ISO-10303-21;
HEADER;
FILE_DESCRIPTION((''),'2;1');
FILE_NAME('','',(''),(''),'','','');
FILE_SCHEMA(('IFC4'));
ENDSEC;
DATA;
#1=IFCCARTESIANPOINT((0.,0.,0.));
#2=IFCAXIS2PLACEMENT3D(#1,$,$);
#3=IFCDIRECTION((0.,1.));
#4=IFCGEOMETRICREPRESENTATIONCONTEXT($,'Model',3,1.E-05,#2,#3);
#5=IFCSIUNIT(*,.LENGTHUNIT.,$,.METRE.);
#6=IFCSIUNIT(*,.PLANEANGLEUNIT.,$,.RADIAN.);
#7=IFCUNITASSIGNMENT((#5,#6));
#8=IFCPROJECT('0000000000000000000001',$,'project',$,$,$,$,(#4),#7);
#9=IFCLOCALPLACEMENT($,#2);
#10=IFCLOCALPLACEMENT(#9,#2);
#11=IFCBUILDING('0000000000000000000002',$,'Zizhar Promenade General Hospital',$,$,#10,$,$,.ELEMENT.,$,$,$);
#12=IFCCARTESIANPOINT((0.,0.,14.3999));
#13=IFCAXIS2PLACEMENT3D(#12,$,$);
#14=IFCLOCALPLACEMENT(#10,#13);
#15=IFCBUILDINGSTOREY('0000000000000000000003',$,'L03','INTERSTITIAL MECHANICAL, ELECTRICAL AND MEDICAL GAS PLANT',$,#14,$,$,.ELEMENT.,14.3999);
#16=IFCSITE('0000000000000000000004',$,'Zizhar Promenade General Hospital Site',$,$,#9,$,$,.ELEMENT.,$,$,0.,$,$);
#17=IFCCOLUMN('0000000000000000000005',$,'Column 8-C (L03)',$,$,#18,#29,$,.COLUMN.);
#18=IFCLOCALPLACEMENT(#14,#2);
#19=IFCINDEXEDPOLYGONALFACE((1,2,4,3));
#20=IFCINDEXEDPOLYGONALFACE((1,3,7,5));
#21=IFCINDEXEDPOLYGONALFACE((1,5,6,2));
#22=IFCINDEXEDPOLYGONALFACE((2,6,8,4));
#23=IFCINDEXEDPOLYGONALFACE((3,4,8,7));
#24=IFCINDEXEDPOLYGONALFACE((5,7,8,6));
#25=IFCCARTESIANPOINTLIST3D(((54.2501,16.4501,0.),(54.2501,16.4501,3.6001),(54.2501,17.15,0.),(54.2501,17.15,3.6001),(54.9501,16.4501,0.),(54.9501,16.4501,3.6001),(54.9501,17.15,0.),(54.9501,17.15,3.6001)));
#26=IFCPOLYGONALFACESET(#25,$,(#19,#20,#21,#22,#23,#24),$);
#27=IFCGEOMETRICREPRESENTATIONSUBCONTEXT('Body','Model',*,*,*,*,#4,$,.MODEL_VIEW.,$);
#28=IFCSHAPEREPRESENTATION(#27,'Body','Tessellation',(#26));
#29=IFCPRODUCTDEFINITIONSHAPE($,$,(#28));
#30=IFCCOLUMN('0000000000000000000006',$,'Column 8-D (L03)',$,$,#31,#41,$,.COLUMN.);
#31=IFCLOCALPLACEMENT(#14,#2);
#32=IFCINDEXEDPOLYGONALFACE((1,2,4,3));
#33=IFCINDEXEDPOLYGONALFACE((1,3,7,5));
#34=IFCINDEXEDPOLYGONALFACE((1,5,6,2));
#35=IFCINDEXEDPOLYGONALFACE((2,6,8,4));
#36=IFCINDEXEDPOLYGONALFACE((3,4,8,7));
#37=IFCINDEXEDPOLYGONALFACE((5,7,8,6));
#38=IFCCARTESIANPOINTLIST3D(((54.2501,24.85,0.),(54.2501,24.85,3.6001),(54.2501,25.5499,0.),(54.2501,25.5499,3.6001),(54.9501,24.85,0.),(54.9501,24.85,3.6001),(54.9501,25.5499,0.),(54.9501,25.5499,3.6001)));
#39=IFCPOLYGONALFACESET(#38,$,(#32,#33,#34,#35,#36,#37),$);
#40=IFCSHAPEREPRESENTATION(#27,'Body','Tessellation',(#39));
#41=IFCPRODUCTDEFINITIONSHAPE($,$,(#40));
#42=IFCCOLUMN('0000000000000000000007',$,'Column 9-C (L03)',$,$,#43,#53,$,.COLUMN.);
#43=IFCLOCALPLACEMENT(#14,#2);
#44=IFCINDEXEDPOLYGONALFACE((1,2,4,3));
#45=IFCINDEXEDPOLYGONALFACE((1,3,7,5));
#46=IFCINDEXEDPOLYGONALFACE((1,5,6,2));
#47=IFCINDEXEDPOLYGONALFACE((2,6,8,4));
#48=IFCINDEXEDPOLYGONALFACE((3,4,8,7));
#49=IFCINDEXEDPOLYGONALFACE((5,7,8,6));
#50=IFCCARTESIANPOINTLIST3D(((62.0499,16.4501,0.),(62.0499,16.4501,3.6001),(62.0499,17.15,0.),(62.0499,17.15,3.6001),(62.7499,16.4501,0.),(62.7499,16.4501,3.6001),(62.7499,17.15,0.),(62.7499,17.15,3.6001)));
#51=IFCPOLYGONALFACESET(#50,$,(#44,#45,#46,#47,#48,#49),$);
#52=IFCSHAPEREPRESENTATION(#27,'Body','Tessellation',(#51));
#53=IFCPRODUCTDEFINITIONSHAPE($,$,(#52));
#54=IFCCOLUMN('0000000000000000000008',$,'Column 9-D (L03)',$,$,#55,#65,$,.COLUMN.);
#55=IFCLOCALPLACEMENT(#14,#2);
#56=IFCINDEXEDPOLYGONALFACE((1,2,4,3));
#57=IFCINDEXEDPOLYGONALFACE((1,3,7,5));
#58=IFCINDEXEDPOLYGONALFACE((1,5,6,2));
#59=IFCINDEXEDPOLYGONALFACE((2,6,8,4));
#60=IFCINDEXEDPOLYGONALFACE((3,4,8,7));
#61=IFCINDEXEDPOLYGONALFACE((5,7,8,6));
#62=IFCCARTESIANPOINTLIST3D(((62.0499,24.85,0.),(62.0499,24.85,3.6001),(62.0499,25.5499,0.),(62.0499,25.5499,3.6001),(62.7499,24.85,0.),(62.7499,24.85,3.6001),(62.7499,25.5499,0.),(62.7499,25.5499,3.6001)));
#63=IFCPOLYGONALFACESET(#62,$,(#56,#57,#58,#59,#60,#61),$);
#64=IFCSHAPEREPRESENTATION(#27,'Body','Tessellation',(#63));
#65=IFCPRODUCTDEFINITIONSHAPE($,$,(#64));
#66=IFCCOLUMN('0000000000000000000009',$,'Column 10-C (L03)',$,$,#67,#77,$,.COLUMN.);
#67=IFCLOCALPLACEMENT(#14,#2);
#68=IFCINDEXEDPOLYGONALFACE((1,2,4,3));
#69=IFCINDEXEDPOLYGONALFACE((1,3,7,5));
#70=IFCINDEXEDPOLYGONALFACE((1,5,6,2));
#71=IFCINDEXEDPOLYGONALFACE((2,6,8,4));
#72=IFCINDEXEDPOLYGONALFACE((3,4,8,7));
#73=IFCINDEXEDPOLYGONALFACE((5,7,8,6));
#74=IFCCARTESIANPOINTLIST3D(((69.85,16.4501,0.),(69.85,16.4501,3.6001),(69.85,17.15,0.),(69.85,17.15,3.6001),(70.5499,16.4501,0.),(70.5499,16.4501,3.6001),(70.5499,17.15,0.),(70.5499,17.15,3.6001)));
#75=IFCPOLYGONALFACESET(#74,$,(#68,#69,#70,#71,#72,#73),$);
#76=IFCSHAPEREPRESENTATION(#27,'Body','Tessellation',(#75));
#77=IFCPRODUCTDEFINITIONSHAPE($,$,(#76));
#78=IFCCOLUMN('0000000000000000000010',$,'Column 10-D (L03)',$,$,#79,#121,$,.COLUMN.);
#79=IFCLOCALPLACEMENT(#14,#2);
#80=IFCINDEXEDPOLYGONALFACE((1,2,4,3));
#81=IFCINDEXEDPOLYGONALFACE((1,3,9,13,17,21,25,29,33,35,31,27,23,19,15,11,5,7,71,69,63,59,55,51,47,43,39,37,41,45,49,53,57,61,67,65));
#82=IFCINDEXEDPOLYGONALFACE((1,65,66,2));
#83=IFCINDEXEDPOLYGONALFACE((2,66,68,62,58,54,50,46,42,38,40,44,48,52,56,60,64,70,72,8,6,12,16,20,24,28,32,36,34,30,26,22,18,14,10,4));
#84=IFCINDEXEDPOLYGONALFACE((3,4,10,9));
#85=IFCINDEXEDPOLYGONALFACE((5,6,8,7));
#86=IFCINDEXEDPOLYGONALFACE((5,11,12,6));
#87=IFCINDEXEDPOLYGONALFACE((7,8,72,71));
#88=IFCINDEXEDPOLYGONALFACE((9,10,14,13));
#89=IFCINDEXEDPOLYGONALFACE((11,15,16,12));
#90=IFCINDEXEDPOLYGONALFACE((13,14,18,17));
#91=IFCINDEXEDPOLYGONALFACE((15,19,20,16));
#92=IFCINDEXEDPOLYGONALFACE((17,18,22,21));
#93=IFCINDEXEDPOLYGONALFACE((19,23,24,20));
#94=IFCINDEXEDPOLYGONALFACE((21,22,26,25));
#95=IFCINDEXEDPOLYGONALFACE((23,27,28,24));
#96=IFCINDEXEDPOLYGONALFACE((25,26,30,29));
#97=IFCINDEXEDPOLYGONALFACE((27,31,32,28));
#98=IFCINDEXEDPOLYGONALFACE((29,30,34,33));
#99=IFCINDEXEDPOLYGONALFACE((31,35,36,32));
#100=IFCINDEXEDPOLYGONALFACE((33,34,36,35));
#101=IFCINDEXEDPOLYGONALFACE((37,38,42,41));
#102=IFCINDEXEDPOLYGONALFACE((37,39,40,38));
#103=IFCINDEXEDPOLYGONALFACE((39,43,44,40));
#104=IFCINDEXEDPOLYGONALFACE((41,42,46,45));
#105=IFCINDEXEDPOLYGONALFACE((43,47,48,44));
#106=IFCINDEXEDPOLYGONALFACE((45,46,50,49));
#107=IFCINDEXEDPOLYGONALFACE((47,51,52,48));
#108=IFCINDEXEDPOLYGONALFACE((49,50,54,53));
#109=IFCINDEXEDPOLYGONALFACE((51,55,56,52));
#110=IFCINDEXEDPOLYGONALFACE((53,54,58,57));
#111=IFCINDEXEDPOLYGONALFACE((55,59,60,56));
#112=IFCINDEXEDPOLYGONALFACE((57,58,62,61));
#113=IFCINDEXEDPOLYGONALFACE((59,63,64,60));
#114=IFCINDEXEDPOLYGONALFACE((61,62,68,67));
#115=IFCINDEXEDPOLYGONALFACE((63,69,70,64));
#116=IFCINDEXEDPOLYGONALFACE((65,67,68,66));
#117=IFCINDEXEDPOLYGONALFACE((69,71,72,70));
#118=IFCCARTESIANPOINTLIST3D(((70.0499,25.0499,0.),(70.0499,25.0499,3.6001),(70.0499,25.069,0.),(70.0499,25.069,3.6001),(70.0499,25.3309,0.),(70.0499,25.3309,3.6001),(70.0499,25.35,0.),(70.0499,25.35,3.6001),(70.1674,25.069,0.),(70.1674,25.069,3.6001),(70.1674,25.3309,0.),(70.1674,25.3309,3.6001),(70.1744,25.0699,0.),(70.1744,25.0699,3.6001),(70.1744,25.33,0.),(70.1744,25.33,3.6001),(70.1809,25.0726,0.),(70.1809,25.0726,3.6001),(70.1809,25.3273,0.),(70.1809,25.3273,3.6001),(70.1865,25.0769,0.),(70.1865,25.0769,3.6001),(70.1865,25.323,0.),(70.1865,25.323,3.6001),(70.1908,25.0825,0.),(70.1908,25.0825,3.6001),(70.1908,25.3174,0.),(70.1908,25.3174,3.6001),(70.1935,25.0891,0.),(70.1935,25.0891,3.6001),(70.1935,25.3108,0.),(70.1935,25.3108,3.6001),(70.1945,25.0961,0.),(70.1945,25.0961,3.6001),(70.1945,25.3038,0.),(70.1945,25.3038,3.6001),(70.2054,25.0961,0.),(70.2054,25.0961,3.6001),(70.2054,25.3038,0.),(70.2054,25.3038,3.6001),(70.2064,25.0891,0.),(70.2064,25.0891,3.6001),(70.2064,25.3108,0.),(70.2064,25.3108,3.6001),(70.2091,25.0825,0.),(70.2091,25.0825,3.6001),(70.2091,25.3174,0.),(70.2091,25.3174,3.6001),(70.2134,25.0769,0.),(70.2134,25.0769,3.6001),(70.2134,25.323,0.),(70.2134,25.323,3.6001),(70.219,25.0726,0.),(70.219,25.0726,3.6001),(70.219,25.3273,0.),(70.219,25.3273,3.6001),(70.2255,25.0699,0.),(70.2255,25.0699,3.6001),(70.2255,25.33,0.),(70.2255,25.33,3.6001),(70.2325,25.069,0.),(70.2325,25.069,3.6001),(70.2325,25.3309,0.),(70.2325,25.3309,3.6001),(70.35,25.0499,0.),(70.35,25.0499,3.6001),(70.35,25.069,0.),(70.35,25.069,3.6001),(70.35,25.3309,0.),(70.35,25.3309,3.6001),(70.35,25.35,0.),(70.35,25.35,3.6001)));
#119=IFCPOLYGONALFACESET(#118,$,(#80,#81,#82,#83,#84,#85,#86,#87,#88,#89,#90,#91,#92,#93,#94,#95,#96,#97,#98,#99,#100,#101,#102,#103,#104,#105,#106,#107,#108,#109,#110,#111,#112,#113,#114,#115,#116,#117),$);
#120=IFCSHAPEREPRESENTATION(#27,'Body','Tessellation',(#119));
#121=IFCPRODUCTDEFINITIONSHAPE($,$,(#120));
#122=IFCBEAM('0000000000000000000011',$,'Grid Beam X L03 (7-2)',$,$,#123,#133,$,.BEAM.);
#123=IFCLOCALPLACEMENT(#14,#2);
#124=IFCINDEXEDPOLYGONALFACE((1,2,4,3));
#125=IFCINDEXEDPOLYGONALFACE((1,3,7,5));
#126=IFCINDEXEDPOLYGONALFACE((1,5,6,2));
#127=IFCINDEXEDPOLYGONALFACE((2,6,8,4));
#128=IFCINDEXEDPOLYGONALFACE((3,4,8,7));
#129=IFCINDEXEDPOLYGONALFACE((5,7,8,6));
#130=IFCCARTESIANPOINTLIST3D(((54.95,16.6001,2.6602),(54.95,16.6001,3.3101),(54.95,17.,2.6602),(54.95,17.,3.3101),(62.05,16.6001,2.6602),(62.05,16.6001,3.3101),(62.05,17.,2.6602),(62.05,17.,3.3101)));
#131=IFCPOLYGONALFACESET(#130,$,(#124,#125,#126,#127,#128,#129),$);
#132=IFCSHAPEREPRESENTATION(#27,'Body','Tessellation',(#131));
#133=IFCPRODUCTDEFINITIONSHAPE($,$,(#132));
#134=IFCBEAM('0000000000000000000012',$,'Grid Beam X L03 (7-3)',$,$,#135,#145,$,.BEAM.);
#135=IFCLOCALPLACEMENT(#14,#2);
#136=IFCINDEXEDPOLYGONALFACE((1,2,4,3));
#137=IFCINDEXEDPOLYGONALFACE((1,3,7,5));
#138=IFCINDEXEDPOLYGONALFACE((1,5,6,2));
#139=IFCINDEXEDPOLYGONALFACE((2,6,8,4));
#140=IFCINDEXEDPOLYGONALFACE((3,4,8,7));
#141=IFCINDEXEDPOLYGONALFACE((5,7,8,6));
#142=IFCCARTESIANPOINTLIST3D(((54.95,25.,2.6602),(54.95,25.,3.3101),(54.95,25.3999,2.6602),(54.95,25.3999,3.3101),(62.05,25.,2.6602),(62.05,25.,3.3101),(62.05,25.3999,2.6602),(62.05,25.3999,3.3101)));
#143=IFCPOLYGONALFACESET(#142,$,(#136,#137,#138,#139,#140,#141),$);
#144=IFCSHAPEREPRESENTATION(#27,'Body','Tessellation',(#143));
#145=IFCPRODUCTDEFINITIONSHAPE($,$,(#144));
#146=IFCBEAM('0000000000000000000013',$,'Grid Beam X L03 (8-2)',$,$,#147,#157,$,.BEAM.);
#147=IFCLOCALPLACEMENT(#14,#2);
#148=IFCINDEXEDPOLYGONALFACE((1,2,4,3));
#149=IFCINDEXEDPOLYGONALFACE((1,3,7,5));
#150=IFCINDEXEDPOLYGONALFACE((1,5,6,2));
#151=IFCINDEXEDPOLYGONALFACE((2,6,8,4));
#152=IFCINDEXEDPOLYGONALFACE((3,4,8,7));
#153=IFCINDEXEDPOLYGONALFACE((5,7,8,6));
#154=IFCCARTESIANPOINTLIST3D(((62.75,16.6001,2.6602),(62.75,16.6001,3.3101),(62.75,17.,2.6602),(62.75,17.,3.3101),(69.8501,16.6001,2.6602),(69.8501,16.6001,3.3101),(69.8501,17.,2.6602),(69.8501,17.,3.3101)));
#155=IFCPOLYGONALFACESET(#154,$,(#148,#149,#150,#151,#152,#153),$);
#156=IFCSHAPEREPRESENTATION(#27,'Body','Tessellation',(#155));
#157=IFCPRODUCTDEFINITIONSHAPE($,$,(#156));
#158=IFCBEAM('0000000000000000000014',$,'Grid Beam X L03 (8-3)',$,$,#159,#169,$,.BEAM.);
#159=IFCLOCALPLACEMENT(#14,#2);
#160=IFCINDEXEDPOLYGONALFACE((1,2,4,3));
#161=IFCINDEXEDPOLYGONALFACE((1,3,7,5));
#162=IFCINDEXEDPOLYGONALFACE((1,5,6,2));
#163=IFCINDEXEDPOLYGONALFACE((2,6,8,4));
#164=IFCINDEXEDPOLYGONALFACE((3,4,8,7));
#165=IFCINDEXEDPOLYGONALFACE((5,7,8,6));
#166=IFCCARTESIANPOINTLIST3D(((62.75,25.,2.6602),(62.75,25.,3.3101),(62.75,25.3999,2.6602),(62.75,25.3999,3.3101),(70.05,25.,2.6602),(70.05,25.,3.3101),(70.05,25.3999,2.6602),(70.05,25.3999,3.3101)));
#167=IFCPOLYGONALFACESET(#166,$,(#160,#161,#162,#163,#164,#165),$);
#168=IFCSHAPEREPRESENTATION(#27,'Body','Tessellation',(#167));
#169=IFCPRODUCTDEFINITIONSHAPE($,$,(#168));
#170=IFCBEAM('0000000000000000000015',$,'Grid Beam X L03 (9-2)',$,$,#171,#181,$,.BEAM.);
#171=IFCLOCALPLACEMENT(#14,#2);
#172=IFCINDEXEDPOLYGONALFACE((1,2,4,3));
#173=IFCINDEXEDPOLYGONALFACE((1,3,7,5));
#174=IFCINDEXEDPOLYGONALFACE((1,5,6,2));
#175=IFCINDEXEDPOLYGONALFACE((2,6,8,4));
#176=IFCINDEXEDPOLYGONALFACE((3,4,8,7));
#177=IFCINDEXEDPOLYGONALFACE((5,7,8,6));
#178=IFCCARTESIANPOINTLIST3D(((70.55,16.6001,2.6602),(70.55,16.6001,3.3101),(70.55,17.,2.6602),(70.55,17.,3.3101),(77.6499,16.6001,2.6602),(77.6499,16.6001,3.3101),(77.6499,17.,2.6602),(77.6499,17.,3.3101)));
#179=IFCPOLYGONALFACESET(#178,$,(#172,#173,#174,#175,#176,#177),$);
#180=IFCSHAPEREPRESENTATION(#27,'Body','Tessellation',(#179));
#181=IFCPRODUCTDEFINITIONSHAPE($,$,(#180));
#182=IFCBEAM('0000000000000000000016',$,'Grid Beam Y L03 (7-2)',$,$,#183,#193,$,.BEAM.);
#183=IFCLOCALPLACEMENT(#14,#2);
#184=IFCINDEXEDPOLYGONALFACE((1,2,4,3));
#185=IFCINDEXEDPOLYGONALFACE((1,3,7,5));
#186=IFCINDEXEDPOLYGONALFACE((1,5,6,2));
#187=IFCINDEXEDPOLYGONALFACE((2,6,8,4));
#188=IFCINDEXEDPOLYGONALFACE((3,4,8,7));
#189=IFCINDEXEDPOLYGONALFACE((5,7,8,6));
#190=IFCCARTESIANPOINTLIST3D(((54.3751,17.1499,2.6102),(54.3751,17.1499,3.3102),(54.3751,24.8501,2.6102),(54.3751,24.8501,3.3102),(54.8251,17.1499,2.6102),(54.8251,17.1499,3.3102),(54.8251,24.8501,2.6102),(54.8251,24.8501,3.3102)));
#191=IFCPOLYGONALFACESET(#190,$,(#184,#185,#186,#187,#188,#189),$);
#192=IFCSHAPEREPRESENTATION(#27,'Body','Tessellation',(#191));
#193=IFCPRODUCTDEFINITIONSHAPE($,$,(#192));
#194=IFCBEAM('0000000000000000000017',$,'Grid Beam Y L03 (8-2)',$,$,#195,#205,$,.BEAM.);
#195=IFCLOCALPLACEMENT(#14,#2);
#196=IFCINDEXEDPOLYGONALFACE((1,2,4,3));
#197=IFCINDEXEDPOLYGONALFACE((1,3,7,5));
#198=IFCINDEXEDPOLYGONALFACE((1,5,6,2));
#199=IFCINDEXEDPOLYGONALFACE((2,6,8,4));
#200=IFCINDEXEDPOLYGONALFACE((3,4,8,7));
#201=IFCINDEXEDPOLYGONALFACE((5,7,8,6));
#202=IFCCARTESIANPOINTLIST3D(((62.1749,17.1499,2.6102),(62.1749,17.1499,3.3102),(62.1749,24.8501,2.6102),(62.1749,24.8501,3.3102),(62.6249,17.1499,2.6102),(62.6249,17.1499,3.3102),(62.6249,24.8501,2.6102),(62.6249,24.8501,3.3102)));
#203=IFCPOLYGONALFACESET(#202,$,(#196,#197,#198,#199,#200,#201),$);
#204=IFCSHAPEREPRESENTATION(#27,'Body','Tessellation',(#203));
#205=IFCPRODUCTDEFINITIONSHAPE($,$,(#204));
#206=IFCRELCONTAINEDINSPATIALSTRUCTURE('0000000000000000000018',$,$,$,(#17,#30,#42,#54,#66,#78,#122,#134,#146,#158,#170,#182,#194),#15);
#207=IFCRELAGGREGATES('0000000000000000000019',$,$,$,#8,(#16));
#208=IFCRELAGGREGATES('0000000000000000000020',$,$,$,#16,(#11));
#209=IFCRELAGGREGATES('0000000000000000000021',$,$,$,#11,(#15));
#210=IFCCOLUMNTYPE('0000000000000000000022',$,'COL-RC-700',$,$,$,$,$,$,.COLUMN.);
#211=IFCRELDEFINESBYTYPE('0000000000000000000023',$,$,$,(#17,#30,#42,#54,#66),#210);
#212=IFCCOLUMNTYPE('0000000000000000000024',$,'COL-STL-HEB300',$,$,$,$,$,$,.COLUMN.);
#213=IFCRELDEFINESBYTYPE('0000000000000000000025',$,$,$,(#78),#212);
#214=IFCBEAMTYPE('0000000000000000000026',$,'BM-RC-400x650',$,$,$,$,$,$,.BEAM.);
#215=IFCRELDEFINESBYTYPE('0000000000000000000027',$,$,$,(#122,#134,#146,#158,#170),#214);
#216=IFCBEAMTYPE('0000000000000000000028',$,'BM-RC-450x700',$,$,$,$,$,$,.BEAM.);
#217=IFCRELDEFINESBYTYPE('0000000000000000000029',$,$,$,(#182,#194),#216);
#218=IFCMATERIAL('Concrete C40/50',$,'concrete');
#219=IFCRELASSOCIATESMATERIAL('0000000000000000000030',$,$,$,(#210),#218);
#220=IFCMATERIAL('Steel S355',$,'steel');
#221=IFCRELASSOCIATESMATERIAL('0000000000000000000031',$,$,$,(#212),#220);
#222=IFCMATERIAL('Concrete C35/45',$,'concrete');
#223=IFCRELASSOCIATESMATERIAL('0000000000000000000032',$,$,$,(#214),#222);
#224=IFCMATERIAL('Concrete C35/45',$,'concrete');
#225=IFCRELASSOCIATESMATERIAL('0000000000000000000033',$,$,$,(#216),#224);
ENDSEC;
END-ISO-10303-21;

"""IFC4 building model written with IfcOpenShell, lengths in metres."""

from ifc_helpers import new_model, si_unit, direction, frame, origin, origin_2d, place, context, subcontext, project, spatial, rectangle, i_section, extrude, material, material_profile, profile_set, type_object, element, save


model = new_model("IFC4")

# Units and contexts
model_context = context("Model", 3, precision=1e-05, world=origin(), true_north=direction((0.0, 1.0)))
body_context = subcontext(model_context, "Body", "Model", "MODEL_VIEW")
ifc_project = project(units=[si_unit("LENGTHUNIT", "METRE"), si_unit("PLANEANGLEUNIT", "RADIAN")], contexts=[model_context])

# Site, building, storey
site_placement = place(None, origin())
site = spatial("IfcSite", under=ifc_project, at=site_placement, Name="Zizhar Promenade General Hospital Site", CompositionType="ELEMENT", RefElevation=0.0)
building_placement = place(site_placement, origin())
building = spatial("IfcBuilding", under=site, at=building_placement, Name="Zizhar Promenade General Hospital", CompositionType="ELEMENT")
storey_placement = place(building_placement, frame((0.0, 0.0, 14.3999)))
storey = spatial("IfcBuildingStorey", under=building, at=storey_placement, Name="L03", Description="INTERSTITIAL MECHANICAL, ELECTRICAL AND MEDICAL GAS PLANT", CompositionType="ELEMENT", Elevation=14.3999)

# Columns
ifc_material_1 = material(Name="Concrete C40/50", Category="concrete")
ifc_material_profile_1 = material_profile(ifc_material_1, rectangle(XDim=0.7, YDim=0.7, at=origin_2d()))
ifc_profile_set_1 = profile_set([ifc_material_profile_1], Name="Concrete C40/50")
column_type_1 = type_object("IfcColumnType", Name="COL-RC-700", PredefinedType="COLUMN", material=ifc_profile_set_1)
for number, where, z_axis, x_axis, name in (
    (1, (54.6001, 16.8, 0.0), (0.0, 0.0, 1.0), (1.0, 0.0, 0.0), "Column 8-C (L03)"),
    (2, (54.6001, 25.2, 0.0), (0.0, 0.0, 1.0), (1.0, 0.0, 0.0), "Column 8-D (L03)"),
    (3, (62.3999, 16.8, 0.0), (0.0, 0.0, 1.0), (1.0, 0.0, 0.0), "Column 9-C (L03)"),
    (4, (62.3999, 25.2, 0.0), (0.0, 0.0, 1.0), (1.0, 0.0, 0.0), "Column 9-D (L03)"),
    (5, (70.2, 16.8, 0.0), (0.0, 0.0, 1.0), (1.0, 0.0, 0.0), "Column 10-C (L03)"),
):
    element("IfcColumn", number, at=place(storey_placement, frame(where, z_axis=z_axis, x_axis=x_axis)), inside=storey, type_object=column_type_1, Name=name, PredefinedType="COLUMN", context=body_context, shape_type="SweptSolid", body=[
        extrude(rectangle(XDim=0.7, YDim=0.7, at=origin_2d()), origin(), (0.0, 0.0, 1.0), 3.6001),
    ])
ifc_material_2 = material(Name="Steel S355", Category="steel")
ifc_material_profile_2 = material_profile(ifc_material_2, i_section(OverallWidth=0.3, OverallDepth=0.3, WebThickness=0.011, FlangeThickness=0.019, FilletRadius=0.0271, at=origin_2d()))
ifc_profile_set_2 = profile_set([ifc_material_profile_2], Name="Steel S355")
column_type_2 = type_object("IfcColumnType", Name="COL-STL-HEB300", PredefinedType="COLUMN", material=ifc_profile_set_2)
column_placement = place(storey_placement, frame((70.2, 25.2, 0.0), z_axis=(0.0, 0.0, 1.0), x_axis=(1.0, 0.0, 0.0)))
element("IfcColumn", 6, at=column_placement, inside=storey, type_object=column_type_2, Name="Column 10-D (L03)", PredefinedType="COLUMN", context=body_context, shape_type="SweptSolid", body=[
    extrude(i_section(OverallWidth=0.3, OverallDepth=0.3, WebThickness=0.011, FlangeThickness=0.019, FilletRadius=0.0271, at=origin_2d()), origin(), (0.0, 0.0, 1.0), 3.6001),
])

# Beams
ifc_material_3 = material(Name="Concrete C35/45", Category="concrete")
ifc_material_profile_3 = material_profile(ifc_material_3, rectangle(XDim=0.3999, YDim=0.6499, at=origin_2d()))
ifc_profile_set_3 = profile_set([ifc_material_profile_3], Name="Concrete C35/45")
beam_type_1 = type_object("IfcBeamType", Name="BM-RC-400x650", PredefinedType="BEAM", material=ifc_profile_set_3)
for number, where, z_axis, x_axis, name in (
    (7, (54.95, 16.8, 2.9851), (1.0, 0.0, 0.0), (0.0, 1.0, 0.0), "Grid Beam X L03 (7-2)"),
    (8, (54.95, 25.2, 2.9851), (1.0, 0.0, 0.0), (0.0, 1.0, 0.0), "Grid Beam X L03 (7-3)"),
    (9, (62.75, 16.8, 2.9851), (1.0, 0.0, 0.0), (0.0, 1.0, 0.0), "Grid Beam X L03 (8-2)"),
):
    element("IfcBeam", number, at=place(storey_placement, frame(where, z_axis=z_axis, x_axis=x_axis)), inside=storey, type_object=beam_type_1, Name=name, PredefinedType="BEAM", context=body_context, shape_type="SweptSolid", body=[
        extrude(rectangle(XDim=0.3999, YDim=0.6499, at=origin_2d()), origin(), (0.0, 0.0, 1.0), 7.1001),
    ])
beam_1_placement = place(storey_placement, frame((62.75, 25.2, 2.9851), z_axis=(1.0, 0.0, 0.0), x_axis=(0.0, 1.0, 0.0)))
element("IfcBeam", 10, at=beam_1_placement, inside=storey, type_object=beam_type_1, Name="Grid Beam X L03 (8-3)", PredefinedType="BEAM", context=body_context, shape_type="SweptSolid", body=[
    extrude(rectangle(XDim=0.3999, YDim=0.6499, at=origin_2d()), origin(), (0.0, 0.0, 1.0), 7.3),
])
beam_2_placement = place(storey_placement, frame((70.55, 16.8, 2.9851), z_axis=(1.0, 0.0, 0.0), x_axis=(0.0, 1.0, 0.0)))
element("IfcBeam", 11, at=beam_2_placement, inside=storey, type_object=beam_type_1, Name="Grid Beam X L03 (9-2)", PredefinedType="BEAM", context=body_context, shape_type="SweptSolid", body=[
    extrude(rectangle(XDim=0.3999, YDim=0.6499, at=origin_2d()), origin(), (0.0, 0.0, 1.0), 7.0999),
])
ifc_material_4 = material(Name="Concrete C35/45", Category="concrete")
ifc_material_profile_4 = material_profile(ifc_material_4, rectangle(XDim=0.45, YDim=0.7, at=origin_2d()))
ifc_profile_set_4 = profile_set([ifc_material_profile_4], Name="Concrete C35/45")
beam_type_2 = type_object("IfcBeamType", Name="BM-RC-450x700", PredefinedType="BEAM", material=ifc_profile_set_4)
for number, where, z_axis, x_axis, name in (
    (12, (54.6001, 17.1499, 2.9602), (0.0, 1.0, 0.0), (-1.0, 0.0, 0.0), "Grid Beam Y L03 (7-2)"),
    (13, (62.3999, 17.1499, 2.9602), (0.0, 1.0, 0.0), (-1.0, 0.0, 0.0), "Grid Beam Y L03 (8-2)"),
):
    element("IfcBeam", number, at=place(storey_placement, frame(where, z_axis=z_axis, x_axis=x_axis)), inside=storey, type_object=beam_type_2, Name=name, PredefinedType="BEAM", context=body_context, shape_type="SweptSolid", body=[
        extrude(rectangle(XDim=0.45, YDim=0.7, at=origin_2d()), origin(), (0.0, 0.0, 1.0), 7.7002),
    ])

save(model, "model.ifc")
